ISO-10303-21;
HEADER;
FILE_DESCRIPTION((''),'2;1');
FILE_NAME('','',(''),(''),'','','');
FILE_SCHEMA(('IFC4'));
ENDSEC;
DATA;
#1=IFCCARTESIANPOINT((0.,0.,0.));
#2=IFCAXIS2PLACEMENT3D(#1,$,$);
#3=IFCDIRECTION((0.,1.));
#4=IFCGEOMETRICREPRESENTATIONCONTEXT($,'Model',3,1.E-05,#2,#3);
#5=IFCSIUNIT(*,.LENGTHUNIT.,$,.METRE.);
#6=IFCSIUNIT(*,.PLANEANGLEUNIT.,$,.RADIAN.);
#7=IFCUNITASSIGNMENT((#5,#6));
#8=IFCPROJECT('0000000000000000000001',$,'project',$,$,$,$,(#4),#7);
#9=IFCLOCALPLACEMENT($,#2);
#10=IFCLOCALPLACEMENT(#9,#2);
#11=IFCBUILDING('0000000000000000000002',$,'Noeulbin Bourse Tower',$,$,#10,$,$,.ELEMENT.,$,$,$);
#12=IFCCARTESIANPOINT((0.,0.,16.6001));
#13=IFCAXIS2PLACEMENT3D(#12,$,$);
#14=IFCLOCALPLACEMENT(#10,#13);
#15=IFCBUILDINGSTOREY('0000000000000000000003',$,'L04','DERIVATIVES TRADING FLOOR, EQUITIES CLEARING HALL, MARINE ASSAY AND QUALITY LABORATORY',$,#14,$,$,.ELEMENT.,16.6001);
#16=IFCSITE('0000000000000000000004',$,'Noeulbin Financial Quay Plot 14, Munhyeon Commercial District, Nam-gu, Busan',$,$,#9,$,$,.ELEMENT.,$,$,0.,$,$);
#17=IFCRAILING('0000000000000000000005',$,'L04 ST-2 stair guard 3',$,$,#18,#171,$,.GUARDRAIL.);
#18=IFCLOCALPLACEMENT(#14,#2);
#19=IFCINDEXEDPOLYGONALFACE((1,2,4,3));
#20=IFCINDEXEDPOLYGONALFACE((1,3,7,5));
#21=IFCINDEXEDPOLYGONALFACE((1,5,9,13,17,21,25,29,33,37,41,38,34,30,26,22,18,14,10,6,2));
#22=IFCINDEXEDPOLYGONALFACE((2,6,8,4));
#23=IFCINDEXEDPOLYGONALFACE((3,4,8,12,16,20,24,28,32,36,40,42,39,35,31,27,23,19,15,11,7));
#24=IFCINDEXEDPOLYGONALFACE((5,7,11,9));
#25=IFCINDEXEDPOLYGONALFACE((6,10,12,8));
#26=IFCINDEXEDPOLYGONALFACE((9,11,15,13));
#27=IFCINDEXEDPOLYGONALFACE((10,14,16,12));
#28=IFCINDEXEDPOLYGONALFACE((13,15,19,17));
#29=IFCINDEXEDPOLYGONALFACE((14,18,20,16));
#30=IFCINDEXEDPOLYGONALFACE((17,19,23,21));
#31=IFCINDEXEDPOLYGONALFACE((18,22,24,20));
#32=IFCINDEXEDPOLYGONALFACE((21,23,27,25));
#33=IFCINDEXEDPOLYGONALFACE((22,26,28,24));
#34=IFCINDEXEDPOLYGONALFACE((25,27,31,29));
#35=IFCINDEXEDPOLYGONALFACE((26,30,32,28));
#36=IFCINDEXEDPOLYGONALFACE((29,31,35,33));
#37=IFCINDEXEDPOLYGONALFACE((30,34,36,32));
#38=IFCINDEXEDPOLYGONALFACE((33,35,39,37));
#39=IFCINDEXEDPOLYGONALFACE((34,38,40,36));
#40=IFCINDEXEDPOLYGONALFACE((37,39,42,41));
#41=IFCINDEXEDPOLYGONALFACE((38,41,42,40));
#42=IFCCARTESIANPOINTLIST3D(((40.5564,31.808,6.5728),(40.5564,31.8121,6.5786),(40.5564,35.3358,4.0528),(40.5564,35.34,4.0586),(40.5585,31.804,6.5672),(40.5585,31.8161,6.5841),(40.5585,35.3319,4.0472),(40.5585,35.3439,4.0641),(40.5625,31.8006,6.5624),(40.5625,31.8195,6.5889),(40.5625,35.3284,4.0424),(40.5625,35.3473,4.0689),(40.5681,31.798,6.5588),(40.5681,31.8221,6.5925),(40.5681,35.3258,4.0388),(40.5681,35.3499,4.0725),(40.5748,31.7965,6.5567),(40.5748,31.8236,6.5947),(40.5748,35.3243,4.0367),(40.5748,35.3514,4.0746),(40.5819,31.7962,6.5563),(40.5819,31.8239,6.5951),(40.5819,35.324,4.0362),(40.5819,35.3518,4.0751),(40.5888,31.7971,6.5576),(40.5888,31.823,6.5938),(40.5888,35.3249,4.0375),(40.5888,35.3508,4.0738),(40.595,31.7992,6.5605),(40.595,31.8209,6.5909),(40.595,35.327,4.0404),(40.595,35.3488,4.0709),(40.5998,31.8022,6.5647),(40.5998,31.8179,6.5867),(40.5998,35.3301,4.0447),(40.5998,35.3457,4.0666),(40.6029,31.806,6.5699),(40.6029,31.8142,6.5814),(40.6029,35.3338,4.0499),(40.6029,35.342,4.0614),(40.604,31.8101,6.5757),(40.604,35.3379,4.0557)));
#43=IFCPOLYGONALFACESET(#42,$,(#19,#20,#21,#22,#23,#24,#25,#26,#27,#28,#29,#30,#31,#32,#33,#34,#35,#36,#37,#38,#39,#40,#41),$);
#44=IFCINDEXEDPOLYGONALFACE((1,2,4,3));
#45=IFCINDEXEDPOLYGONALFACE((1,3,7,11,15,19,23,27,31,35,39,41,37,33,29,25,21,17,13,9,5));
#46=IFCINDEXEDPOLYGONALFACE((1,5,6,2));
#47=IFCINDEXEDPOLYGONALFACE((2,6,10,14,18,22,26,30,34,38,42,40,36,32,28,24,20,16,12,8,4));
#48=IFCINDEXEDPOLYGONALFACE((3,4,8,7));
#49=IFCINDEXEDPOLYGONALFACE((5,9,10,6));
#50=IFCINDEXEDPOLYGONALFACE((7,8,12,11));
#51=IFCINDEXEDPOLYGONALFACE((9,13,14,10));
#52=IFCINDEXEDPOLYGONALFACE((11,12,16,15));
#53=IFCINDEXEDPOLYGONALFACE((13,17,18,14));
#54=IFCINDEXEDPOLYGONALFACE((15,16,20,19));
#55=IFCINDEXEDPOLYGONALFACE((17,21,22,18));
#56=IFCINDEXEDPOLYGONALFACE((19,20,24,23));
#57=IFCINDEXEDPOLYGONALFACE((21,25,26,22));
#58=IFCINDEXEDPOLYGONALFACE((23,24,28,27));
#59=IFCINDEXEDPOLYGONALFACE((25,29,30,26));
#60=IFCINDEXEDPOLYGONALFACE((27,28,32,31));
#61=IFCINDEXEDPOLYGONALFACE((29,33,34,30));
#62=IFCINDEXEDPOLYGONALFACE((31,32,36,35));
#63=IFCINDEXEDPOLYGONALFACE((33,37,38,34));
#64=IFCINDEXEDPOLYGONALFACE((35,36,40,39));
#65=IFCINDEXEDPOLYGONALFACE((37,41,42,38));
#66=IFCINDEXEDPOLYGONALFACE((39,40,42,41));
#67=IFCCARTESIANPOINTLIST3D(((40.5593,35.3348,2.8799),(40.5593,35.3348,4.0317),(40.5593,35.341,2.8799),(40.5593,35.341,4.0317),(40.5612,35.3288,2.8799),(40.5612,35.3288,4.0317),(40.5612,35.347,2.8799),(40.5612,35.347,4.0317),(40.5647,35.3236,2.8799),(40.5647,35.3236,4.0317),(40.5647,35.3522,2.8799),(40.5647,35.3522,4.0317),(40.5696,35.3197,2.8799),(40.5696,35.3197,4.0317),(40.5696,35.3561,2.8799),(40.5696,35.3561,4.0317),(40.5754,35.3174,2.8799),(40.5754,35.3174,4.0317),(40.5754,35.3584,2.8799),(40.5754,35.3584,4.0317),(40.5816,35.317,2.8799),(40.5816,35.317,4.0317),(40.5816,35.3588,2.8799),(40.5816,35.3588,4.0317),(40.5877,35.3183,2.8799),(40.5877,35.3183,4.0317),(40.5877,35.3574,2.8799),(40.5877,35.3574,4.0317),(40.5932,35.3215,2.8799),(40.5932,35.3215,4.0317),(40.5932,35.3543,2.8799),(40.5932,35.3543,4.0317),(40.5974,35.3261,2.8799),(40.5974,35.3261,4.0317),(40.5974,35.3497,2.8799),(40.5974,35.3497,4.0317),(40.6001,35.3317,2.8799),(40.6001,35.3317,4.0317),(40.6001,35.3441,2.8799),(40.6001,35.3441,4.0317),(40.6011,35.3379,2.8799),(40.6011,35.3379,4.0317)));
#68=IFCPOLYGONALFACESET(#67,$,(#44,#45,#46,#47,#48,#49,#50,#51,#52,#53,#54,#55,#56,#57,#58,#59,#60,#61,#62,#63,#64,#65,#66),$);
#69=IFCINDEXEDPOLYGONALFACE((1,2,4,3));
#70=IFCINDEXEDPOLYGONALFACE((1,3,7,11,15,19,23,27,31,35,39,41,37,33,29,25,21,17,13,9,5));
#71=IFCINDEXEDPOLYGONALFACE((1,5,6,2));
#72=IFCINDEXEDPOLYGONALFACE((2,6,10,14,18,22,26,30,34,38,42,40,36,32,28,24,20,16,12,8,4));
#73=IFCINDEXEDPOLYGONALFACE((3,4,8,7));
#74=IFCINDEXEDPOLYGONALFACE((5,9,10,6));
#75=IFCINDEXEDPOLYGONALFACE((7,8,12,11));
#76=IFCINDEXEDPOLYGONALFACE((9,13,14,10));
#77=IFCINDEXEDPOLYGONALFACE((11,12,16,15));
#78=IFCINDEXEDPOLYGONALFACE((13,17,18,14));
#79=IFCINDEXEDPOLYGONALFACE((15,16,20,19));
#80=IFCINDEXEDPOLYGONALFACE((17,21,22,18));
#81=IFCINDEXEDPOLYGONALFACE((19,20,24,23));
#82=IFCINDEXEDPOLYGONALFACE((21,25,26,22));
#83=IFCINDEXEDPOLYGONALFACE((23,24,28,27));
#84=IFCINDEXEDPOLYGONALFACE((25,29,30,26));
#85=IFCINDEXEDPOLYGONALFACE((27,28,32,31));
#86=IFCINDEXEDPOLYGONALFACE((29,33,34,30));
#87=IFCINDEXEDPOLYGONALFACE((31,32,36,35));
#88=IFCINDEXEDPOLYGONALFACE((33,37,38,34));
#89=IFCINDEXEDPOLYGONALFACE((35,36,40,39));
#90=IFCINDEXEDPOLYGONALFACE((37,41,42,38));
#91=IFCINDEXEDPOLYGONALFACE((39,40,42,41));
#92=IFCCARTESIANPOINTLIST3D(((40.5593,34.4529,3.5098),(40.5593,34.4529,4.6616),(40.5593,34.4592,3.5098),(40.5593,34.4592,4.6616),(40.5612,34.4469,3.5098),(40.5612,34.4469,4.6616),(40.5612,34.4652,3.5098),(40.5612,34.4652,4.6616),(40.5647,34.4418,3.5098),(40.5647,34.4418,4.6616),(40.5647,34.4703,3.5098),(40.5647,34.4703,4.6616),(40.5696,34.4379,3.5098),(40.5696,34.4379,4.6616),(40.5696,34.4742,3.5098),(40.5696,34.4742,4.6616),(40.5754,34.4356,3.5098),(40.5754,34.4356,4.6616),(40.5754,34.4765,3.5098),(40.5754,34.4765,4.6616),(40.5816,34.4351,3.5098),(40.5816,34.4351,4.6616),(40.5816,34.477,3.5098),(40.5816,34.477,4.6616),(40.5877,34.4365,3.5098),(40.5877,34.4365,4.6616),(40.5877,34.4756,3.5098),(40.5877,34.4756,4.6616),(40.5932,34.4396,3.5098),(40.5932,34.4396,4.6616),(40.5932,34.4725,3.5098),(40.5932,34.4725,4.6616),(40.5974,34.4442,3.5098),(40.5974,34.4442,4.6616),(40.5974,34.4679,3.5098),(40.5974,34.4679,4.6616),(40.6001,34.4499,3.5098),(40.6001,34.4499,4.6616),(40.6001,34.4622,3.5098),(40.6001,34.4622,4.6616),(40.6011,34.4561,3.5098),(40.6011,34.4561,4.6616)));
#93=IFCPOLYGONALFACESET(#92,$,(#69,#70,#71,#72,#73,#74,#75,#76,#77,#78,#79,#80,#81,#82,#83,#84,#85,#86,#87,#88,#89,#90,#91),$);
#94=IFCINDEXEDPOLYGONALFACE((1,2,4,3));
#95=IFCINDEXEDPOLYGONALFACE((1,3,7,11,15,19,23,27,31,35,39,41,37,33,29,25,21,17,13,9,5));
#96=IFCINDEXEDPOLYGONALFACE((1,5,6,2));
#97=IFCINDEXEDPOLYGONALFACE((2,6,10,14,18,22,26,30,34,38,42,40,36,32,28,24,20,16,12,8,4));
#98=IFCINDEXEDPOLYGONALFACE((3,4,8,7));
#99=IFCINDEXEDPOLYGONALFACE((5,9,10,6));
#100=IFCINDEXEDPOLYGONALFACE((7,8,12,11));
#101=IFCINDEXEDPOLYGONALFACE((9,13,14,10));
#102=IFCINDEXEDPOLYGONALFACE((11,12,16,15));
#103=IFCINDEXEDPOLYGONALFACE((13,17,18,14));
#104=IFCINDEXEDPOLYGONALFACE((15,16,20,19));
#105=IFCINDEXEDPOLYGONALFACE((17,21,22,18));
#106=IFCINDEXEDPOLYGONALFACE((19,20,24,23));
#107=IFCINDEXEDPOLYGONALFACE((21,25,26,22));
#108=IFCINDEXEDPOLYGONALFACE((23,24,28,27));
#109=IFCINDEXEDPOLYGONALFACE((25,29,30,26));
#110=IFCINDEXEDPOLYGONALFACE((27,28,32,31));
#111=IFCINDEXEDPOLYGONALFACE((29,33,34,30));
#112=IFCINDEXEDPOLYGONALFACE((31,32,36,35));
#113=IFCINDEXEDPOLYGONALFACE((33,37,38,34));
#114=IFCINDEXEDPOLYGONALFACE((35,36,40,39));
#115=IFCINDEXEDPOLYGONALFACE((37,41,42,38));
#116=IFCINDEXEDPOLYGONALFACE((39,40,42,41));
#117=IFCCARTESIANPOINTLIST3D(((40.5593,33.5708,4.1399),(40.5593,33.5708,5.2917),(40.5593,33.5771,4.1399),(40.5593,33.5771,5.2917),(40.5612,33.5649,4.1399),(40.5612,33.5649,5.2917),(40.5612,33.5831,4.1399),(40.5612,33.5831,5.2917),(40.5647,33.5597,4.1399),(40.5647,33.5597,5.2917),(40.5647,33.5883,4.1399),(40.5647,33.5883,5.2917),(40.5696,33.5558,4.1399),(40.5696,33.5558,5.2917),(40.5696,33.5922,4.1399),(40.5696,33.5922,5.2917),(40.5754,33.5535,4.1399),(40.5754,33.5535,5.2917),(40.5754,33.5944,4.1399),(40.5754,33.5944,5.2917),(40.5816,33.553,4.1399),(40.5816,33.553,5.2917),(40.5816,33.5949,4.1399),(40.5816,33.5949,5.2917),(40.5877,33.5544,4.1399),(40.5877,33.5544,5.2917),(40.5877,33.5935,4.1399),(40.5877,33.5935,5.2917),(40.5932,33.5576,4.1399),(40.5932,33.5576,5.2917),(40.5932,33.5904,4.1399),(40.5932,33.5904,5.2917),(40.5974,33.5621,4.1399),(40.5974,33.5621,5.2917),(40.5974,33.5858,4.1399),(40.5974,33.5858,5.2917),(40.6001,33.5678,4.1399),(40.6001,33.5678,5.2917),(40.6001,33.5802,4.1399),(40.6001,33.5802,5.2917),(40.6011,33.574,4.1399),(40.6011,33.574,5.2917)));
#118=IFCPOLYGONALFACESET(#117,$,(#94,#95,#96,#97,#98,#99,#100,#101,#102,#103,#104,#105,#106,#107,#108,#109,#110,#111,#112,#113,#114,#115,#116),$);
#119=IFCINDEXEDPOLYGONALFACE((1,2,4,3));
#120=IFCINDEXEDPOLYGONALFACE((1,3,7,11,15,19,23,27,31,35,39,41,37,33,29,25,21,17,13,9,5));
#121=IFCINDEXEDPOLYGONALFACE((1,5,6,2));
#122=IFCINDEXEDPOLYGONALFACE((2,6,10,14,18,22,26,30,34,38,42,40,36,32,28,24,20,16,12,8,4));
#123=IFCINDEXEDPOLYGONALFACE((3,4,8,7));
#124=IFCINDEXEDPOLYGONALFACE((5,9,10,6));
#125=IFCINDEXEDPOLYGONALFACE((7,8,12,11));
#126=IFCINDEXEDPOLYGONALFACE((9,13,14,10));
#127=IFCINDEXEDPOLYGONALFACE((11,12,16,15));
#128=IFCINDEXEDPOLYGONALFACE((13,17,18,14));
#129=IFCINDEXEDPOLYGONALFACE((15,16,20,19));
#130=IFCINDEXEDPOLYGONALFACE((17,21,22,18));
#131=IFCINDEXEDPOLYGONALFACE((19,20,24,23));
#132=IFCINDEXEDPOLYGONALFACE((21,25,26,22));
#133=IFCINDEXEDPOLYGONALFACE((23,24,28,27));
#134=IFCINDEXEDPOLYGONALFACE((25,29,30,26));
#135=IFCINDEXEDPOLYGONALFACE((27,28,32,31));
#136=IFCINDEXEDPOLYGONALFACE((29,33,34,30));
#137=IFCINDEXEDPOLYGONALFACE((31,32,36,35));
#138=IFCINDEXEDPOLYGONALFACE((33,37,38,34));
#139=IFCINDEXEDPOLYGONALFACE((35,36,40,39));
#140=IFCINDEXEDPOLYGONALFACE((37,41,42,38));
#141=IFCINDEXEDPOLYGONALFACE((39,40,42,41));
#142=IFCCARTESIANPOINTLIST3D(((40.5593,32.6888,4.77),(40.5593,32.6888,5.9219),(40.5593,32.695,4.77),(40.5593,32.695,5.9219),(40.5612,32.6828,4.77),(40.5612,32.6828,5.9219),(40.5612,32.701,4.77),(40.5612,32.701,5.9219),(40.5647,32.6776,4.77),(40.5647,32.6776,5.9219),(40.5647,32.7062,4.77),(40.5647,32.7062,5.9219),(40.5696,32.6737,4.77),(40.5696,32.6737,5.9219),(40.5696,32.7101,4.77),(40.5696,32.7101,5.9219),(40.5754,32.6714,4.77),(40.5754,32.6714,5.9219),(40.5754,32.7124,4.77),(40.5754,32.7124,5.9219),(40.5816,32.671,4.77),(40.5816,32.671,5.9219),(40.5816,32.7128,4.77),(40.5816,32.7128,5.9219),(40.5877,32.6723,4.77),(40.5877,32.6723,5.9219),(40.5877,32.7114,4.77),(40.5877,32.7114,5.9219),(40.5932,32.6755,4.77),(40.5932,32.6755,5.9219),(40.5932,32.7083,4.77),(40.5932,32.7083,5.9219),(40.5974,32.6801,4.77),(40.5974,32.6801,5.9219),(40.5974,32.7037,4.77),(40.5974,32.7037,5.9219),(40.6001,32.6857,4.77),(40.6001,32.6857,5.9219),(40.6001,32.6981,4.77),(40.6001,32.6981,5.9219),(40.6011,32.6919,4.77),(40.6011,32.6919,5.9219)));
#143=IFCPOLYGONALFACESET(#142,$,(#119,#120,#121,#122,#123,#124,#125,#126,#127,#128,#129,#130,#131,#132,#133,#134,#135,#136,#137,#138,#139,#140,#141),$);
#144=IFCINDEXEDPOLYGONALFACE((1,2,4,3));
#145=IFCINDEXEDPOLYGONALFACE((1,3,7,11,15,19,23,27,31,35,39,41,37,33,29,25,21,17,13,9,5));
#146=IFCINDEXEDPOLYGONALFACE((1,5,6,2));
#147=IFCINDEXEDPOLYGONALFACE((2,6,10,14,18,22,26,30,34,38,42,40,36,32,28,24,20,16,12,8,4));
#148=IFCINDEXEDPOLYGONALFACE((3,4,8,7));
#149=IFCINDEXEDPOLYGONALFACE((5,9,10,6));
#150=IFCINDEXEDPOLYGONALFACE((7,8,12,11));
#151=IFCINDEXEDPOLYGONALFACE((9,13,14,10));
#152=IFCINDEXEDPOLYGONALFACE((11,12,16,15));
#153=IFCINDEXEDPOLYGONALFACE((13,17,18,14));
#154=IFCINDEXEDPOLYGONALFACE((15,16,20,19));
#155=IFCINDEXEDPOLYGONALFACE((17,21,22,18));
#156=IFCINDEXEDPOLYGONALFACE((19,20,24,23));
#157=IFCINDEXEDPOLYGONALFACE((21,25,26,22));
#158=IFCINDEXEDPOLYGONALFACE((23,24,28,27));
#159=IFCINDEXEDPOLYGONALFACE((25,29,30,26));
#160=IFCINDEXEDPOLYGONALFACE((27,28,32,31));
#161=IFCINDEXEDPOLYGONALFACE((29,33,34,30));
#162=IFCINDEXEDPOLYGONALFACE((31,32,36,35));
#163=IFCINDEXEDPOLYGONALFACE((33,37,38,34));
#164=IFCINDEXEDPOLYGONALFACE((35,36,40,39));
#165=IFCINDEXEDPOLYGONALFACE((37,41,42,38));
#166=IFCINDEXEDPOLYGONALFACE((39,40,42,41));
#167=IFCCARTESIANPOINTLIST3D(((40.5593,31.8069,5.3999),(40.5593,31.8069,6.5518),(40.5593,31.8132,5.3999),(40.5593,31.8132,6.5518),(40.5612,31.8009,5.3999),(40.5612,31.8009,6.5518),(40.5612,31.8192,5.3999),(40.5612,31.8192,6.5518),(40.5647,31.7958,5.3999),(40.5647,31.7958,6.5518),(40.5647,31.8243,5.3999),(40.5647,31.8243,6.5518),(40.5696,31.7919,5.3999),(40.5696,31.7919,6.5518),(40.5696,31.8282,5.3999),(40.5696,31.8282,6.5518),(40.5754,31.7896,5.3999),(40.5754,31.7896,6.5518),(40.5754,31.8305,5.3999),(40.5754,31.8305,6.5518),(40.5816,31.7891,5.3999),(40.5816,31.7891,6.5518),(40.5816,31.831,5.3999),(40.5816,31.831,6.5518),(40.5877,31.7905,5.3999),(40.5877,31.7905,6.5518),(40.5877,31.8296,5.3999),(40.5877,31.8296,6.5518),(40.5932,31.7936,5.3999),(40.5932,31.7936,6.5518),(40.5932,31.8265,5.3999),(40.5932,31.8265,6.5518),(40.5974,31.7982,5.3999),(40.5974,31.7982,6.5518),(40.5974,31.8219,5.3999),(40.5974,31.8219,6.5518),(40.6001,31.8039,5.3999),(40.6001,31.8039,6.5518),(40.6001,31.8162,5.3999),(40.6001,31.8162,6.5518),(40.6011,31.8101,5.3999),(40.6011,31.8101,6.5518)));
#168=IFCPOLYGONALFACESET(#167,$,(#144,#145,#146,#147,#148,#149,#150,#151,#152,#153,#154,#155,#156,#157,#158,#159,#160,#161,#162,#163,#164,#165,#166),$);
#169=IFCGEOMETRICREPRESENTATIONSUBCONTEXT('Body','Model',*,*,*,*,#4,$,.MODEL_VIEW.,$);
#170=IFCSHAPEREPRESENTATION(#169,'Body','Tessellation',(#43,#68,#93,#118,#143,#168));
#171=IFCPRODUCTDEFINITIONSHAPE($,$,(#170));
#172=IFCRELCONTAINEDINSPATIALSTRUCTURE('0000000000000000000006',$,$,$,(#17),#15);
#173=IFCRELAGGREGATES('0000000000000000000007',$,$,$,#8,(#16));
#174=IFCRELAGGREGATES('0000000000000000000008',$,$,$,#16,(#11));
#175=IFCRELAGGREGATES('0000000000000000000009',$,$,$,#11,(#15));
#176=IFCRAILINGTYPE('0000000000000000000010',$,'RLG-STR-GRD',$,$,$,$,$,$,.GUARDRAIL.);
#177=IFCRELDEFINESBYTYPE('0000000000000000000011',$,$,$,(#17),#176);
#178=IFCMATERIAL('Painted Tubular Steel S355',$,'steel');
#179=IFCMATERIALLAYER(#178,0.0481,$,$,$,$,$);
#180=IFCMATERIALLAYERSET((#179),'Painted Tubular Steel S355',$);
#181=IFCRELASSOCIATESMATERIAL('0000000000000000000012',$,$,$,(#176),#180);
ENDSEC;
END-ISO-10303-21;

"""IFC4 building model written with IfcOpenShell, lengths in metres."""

from ifc_helpers import new_model, si_unit, direction, frame, origin, origin_2d, place, context, subcontext, project, spatial, circle, extrude, material, layer, layer_set, type_object, element, save


model = new_model("IFC4")

# Units and contexts
model_context = context("Model", 3, precision=1e-05, world=origin(), true_north=direction((0.0, 1.0)))
body_context = subcontext(model_context, "Body", "Model", "MODEL_VIEW")
ifc_project = project(units=[si_unit("LENGTHUNIT", "METRE"), si_unit("PLANEANGLEUNIT", "RADIAN")], contexts=[model_context])

# Site, building, storey
site_placement = place(None, origin())
site = spatial("IfcSite", under=ifc_project, at=site_placement, Name="Noeulbin Financial Quay Plot 14, Munhyeon Commercial District, Nam-gu, Busan", CompositionType="ELEMENT", RefElevation=0.0)
building_placement = place(site_placement, origin())
building = spatial("IfcBuilding", under=site, at=building_placement, Name="Noeulbin Bourse Tower", CompositionType="ELEMENT")
storey_placement = place(building_placement, frame((0.0, 0.0, 16.6001)))
storey = spatial("IfcBuildingStorey", under=building, at=storey_placement, Name="L04", Description="DERIVATIVES TRADING FLOOR, EQUITIES CLEARING HALL, MARINE ASSAY AND QUALITY LABORATORY", CompositionType="ELEMENT", Elevation=16.6001)

# Railing
ifc_material_1 = material(Name="Painted Tubular Steel S355", Category="steel")
ifc_layer_1 = layer(ifc_material_1, 0.0481)
ifc_layer_set_1 = layer_set([ifc_layer_1], Name="Painted Tubular Steel S355")
railing_type_1 = type_object("IfcRailingType", Name="RLG-STR-GRD", PredefinedType="GUARDRAIL", material=ifc_layer_set_1)
railing_1_placement = place(storey_placement, frame((40.5801, 35.3379, 2.8799)))
element("IfcRailing", 1, at=railing_1_placement, inside=storey, type_object=railing_type_1, Name="L04 ST-2 stair guard 3", PredefinedType="GUARDRAIL", context=body_context, shape_type="SweptSolid", body=[
    extrude(circle(Radius=0.0239, at=origin_2d()), frame((0.0, 0.0, 1.1758), z_axis=(0.0, -0.813718, 0.58126), x_axis=(1.0, 0.0, 0.0)), (0.0, 0.0, 1.0), 4.3354),
    extrude(circle(Radius=0.021, at=origin_2d()), origin(), (0.0, 0.0, 1.0), 1.1519),
    extrude(circle(Radius=0.021, at=origin_2d()), frame((0.0, -0.8818, 0.6299)), (0.0, 0.0, 1.0), 1.1519),
    extrude(circle(Radius=0.021, at=origin_2d()), frame((0.0, -1.7639, 1.26)), (0.0, 0.0, 1.0), 1.1519),
    extrude(circle(Radius=0.021, at=origin_2d()), frame((0.0, -2.646, 1.8901)), (0.0, 0.0, 1.0), 1.1519),
    extrude(circle(Radius=0.021, at=origin_2d()), frame((0.0, -3.5278, 2.52)), (0.0, 0.0, 1.0), 1.1519),
])

save(model, "model.ifc")
